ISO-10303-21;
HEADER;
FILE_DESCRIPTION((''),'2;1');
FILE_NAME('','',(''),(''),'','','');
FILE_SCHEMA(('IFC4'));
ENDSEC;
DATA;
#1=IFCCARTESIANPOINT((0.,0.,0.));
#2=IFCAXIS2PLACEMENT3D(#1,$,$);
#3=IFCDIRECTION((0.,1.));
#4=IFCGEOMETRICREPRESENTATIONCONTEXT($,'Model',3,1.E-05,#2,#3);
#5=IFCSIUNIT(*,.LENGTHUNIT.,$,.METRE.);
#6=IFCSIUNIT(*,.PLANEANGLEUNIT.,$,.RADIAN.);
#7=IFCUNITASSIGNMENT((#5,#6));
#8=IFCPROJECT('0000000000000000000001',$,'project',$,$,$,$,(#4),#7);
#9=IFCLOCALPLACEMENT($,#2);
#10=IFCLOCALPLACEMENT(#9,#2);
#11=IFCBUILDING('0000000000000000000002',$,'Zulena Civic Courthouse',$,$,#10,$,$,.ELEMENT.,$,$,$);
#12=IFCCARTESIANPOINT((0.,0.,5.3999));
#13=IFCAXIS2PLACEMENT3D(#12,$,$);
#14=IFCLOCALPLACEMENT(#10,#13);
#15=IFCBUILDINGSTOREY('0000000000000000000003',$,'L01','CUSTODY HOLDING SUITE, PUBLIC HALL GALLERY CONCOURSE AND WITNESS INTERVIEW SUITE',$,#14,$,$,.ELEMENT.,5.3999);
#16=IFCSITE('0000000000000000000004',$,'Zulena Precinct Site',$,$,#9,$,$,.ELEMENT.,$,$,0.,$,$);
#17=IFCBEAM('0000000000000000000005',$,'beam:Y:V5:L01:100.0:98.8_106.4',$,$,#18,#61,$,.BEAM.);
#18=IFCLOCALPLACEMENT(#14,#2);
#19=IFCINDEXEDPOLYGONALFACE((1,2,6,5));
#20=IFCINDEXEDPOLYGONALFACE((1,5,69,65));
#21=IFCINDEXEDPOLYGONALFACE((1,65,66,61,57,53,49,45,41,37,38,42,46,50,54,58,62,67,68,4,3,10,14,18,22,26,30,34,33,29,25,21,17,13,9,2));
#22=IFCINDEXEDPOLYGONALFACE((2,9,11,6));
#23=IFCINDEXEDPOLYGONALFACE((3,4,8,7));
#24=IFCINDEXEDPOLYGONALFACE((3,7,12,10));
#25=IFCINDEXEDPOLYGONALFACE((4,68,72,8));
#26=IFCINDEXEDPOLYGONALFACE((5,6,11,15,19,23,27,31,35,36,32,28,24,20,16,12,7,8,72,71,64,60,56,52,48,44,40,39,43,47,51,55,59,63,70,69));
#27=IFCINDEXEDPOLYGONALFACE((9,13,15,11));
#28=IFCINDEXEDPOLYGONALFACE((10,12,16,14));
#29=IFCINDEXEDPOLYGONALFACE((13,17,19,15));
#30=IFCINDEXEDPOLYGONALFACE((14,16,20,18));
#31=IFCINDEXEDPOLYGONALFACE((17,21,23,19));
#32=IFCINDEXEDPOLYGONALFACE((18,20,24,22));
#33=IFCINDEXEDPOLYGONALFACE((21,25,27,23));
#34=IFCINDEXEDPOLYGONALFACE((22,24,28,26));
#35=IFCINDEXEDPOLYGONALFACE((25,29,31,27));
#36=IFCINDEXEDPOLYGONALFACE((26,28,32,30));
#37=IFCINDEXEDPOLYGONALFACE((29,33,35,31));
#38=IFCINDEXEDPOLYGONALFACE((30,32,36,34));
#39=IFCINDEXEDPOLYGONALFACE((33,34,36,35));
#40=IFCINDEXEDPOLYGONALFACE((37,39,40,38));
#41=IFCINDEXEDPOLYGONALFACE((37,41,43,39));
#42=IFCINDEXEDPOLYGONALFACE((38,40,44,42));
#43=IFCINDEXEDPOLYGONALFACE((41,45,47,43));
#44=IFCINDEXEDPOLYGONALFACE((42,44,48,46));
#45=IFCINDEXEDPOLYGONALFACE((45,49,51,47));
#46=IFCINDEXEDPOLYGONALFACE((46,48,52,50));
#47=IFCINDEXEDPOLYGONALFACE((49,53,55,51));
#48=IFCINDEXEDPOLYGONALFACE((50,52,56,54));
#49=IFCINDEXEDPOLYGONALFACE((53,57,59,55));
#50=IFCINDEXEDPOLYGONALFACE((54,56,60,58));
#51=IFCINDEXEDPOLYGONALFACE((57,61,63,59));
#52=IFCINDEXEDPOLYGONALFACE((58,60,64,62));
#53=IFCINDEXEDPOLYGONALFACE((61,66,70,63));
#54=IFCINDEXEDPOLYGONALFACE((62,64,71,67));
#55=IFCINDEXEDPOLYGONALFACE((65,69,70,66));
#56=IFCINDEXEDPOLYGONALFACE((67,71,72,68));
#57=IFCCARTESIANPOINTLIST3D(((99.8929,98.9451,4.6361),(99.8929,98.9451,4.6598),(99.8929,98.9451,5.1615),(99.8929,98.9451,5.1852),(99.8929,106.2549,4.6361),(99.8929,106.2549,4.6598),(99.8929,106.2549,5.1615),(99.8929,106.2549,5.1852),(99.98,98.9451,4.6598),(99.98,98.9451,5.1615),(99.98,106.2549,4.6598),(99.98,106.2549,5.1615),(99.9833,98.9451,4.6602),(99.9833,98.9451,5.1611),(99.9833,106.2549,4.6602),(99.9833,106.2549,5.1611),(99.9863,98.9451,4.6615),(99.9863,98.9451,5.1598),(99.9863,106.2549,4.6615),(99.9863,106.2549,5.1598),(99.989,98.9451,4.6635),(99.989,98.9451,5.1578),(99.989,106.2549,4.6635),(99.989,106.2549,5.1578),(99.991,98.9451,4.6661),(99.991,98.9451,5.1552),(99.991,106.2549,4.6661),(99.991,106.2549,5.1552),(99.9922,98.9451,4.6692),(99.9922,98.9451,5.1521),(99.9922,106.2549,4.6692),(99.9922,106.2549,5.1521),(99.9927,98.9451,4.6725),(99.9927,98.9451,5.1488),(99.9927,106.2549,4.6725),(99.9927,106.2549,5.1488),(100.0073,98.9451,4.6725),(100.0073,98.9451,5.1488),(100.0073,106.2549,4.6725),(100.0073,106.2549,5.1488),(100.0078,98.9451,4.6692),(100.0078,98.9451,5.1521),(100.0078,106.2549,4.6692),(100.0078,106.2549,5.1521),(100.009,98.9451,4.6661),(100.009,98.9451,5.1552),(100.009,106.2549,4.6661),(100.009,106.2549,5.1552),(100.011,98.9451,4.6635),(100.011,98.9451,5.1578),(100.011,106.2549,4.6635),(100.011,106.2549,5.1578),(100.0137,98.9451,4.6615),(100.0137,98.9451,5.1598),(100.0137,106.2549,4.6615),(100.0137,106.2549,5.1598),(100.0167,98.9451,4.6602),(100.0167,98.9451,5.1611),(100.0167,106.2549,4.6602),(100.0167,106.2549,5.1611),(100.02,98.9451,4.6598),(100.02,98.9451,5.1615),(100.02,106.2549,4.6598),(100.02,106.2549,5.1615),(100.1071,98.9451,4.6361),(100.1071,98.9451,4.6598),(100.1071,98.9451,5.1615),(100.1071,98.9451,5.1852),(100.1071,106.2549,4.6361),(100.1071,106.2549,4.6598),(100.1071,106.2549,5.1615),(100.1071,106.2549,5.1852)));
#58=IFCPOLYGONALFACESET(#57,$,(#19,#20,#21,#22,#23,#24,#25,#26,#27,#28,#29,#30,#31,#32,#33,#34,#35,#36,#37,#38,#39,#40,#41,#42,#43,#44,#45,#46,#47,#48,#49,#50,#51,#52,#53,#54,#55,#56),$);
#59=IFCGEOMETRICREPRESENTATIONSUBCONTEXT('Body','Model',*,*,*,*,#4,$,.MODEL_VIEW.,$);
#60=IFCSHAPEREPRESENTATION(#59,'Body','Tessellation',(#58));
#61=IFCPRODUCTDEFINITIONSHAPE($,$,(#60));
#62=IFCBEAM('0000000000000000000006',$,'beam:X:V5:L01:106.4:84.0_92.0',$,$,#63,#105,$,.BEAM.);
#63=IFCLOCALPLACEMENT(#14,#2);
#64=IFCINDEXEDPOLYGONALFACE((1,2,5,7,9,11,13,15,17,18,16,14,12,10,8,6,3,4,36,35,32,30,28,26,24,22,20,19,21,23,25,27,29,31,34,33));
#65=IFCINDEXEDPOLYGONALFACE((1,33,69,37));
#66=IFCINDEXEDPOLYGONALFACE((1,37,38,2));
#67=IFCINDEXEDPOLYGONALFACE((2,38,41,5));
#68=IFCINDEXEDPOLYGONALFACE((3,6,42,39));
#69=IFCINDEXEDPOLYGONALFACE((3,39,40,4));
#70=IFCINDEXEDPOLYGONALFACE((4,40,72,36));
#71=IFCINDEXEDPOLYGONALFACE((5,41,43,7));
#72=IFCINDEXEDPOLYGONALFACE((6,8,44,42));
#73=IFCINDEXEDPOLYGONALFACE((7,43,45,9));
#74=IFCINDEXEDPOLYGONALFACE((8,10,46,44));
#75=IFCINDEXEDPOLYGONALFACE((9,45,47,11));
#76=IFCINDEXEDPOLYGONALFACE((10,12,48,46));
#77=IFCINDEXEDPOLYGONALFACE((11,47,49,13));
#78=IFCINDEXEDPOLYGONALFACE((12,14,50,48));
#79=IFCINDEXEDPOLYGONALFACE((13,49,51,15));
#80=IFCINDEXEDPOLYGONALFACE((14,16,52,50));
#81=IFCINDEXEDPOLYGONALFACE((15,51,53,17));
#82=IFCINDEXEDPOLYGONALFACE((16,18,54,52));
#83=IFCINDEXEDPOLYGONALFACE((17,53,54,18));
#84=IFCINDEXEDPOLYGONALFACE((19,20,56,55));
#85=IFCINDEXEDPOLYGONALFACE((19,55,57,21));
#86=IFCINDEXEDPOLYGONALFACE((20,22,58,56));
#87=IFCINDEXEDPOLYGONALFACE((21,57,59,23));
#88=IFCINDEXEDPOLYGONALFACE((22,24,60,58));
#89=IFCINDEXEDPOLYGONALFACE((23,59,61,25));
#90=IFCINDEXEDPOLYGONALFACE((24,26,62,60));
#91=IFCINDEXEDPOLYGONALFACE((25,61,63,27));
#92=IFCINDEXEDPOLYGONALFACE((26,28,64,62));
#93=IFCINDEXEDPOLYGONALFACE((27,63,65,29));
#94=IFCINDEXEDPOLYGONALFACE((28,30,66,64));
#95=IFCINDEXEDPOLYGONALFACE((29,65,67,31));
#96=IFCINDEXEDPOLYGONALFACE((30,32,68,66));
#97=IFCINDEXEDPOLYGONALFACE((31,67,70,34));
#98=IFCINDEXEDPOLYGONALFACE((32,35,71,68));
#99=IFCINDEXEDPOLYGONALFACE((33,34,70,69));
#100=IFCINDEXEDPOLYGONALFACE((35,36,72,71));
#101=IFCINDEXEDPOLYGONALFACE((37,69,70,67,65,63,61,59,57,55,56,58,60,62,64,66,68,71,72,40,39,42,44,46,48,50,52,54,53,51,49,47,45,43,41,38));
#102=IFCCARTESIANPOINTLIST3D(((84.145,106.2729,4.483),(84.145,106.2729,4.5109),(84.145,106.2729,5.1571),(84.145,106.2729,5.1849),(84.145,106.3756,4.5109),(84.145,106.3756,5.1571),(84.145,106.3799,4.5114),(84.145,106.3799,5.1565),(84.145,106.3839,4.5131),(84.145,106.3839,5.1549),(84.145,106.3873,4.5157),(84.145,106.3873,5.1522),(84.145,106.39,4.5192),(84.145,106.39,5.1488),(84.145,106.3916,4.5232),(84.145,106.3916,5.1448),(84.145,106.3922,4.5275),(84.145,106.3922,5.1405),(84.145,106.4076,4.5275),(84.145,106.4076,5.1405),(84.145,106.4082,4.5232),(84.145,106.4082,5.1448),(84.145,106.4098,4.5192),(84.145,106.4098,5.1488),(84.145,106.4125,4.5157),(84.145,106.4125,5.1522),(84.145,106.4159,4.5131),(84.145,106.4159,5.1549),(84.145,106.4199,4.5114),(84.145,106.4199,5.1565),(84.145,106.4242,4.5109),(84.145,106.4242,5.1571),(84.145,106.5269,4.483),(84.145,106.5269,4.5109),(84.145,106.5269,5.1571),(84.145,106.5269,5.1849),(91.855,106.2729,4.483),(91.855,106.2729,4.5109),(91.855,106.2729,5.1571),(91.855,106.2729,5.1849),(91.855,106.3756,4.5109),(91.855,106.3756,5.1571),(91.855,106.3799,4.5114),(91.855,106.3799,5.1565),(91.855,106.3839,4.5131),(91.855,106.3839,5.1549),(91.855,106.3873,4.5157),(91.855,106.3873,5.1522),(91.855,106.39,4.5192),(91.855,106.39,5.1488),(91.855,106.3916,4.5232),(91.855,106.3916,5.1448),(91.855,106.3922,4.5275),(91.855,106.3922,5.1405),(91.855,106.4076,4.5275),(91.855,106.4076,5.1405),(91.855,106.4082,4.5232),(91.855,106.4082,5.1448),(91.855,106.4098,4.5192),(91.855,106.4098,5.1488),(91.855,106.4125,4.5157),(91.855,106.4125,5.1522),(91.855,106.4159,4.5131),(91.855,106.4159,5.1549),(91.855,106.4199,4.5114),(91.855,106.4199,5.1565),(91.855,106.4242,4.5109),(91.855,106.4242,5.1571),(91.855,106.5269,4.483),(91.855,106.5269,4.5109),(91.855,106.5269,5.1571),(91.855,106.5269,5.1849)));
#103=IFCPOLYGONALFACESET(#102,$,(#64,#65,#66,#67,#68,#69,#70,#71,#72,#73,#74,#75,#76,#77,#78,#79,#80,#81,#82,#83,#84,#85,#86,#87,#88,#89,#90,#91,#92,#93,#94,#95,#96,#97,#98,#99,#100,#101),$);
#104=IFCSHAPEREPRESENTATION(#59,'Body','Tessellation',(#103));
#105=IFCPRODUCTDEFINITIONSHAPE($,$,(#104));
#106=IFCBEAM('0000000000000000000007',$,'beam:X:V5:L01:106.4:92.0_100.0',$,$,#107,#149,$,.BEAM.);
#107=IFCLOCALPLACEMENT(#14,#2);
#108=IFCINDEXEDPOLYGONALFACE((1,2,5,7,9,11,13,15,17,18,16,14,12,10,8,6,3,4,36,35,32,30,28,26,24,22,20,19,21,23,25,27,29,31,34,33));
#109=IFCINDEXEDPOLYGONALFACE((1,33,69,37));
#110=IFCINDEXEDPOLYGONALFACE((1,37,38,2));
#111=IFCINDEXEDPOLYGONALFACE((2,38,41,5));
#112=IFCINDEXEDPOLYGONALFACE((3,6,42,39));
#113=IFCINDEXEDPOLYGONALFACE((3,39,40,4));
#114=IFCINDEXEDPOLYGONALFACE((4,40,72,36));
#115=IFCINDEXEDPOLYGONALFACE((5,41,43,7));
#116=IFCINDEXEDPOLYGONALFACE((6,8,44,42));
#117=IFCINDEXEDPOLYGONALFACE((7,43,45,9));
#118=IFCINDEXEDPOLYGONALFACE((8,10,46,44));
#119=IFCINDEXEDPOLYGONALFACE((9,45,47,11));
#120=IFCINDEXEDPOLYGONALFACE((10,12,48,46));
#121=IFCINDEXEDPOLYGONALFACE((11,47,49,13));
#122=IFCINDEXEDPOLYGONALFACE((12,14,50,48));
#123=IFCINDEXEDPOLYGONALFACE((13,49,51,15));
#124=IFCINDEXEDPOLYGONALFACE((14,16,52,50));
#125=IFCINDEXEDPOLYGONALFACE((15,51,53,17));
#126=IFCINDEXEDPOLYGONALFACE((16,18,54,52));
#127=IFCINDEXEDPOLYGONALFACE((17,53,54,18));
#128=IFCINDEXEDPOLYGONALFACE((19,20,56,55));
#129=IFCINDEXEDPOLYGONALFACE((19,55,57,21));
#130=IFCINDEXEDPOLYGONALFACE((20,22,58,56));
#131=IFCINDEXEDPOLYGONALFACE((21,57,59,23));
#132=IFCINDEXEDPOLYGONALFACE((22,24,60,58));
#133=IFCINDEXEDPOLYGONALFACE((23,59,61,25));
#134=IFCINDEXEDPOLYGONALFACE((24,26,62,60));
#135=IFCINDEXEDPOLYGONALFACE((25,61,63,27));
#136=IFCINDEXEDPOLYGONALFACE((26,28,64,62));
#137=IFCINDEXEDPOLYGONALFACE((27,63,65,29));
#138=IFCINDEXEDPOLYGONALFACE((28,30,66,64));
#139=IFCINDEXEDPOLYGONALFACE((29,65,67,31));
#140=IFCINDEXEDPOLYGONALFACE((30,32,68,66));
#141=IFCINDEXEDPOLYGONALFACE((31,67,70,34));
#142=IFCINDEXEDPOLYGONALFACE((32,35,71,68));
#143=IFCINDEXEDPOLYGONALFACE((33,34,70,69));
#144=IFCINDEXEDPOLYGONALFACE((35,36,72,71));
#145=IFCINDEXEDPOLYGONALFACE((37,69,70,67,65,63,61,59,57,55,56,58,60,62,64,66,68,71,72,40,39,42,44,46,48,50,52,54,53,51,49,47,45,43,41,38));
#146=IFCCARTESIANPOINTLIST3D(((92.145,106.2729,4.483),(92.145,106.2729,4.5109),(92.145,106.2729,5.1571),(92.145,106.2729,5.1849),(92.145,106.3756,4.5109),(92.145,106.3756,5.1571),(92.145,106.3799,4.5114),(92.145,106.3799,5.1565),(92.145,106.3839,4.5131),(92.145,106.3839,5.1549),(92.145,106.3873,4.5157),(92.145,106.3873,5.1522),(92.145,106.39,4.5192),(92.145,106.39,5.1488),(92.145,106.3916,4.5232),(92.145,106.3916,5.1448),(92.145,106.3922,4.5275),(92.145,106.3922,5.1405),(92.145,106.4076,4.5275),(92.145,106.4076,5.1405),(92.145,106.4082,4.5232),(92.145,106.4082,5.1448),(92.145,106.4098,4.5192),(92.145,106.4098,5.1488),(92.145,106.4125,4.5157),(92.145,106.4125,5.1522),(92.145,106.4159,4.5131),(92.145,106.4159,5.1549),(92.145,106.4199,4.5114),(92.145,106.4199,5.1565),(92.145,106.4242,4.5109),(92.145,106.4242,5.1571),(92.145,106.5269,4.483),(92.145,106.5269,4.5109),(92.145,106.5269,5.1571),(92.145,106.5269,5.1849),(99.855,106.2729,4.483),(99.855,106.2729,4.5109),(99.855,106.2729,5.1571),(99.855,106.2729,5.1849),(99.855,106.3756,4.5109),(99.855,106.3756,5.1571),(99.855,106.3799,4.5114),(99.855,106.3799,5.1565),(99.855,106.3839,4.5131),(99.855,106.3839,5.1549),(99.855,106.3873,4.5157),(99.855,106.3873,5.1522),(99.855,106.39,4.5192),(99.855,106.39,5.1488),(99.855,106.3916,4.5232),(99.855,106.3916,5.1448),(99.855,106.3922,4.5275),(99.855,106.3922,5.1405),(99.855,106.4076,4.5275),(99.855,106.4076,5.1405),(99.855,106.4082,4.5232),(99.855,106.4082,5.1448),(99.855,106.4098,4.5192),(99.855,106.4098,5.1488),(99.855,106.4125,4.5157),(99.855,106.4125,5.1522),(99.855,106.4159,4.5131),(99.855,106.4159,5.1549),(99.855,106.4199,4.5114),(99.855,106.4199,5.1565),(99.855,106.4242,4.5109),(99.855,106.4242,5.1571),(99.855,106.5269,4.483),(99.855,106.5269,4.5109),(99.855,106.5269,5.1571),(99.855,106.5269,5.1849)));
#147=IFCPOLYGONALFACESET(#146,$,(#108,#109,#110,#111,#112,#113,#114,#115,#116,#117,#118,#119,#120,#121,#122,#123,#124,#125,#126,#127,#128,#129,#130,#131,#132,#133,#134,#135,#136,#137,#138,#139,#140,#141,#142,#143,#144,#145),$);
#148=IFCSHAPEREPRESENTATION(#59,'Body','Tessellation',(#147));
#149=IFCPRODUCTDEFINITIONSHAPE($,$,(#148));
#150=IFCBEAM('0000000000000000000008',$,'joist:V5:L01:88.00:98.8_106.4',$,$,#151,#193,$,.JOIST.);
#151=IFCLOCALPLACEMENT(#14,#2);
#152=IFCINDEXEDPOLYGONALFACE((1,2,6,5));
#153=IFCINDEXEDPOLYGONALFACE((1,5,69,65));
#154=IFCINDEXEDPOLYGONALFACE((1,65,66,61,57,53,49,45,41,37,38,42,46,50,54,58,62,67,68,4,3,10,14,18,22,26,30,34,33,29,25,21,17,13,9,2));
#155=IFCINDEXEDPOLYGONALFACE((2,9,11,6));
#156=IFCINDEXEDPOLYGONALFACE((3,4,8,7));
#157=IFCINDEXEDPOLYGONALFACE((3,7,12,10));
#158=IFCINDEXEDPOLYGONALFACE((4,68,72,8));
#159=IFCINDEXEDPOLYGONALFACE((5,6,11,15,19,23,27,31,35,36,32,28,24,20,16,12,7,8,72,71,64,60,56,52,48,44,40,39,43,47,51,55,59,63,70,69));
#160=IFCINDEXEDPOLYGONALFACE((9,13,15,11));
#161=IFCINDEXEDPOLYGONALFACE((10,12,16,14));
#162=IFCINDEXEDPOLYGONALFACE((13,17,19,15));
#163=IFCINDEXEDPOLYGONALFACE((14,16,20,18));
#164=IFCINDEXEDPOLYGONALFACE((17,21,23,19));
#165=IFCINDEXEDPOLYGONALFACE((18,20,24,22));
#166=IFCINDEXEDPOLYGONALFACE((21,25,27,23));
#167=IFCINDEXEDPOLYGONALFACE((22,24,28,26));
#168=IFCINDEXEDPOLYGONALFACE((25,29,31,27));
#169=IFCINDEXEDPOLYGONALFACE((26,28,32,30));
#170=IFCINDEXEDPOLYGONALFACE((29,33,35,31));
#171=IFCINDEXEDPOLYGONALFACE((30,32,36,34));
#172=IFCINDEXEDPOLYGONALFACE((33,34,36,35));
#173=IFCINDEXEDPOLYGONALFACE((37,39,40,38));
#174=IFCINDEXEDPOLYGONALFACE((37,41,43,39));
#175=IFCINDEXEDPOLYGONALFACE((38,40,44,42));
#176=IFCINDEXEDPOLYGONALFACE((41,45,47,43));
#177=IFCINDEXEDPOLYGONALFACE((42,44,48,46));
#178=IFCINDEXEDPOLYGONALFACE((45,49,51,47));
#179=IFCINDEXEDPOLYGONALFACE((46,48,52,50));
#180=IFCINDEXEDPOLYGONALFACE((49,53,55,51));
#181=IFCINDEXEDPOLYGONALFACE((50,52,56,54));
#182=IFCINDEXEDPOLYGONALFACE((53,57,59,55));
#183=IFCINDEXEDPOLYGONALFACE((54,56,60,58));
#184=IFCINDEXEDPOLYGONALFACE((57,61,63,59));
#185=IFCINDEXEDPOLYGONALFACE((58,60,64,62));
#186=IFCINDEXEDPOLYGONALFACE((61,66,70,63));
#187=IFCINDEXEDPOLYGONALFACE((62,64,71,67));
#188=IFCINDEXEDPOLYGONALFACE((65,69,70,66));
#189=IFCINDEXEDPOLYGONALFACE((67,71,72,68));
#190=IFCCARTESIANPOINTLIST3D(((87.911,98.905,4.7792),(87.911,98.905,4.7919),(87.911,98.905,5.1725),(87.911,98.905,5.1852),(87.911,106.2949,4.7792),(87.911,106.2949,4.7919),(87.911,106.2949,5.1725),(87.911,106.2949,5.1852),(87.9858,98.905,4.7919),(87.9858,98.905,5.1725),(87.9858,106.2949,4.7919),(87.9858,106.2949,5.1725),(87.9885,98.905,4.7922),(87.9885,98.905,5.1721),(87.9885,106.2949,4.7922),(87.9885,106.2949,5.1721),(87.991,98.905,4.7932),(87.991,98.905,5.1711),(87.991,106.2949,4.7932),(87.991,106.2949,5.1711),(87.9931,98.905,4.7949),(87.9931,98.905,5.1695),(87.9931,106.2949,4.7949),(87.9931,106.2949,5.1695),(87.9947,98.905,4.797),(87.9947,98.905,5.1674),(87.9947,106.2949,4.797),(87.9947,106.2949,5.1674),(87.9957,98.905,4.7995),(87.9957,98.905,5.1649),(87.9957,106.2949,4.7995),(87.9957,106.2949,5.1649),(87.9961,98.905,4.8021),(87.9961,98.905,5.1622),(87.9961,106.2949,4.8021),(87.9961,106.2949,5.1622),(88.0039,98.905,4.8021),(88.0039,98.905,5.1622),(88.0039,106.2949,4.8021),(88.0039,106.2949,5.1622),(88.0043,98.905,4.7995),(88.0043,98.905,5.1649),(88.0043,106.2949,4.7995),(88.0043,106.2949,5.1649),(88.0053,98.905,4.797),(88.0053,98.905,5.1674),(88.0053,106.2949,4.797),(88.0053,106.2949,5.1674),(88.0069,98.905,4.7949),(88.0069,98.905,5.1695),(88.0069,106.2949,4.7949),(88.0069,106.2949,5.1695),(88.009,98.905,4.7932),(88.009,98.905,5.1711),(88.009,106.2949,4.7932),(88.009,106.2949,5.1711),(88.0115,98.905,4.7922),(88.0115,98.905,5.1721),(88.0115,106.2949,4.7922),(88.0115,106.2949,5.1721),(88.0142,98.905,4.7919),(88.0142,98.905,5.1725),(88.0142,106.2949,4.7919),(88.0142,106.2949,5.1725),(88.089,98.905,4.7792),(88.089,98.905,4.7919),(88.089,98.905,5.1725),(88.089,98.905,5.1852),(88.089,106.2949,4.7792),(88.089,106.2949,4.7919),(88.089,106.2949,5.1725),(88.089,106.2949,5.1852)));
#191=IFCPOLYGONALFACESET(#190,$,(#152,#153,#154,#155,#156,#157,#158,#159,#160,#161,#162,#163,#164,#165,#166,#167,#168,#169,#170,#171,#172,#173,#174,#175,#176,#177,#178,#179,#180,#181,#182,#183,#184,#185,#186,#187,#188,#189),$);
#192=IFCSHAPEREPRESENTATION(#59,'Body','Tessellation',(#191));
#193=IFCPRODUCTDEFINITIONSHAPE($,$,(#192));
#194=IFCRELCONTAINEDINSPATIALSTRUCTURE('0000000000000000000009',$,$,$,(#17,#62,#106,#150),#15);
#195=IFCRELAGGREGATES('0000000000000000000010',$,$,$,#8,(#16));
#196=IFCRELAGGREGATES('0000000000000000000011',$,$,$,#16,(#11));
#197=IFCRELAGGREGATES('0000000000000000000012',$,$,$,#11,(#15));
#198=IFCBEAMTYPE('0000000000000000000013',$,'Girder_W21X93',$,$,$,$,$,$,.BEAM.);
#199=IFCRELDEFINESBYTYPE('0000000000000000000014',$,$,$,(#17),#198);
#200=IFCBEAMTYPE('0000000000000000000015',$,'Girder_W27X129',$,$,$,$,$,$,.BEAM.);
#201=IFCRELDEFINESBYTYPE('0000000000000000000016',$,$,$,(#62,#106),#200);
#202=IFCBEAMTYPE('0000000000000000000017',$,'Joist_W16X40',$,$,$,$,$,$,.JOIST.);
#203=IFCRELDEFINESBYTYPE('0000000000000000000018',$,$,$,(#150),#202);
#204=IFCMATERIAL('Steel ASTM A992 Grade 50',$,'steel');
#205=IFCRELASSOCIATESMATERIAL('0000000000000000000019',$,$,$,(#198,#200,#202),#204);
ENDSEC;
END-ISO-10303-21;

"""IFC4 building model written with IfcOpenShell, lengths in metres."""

from ifc_helpers import new_model, si_unit, direction, frame, origin, origin_2d, place, context, subcontext, project, spatial, i_section, extrude, material, material_profile, profile_set, type_object, element, save


model = new_model("IFC4")

# Units and contexts
model_context = context("Model", 3, precision=1e-05, world=origin(), true_north=direction((0.0, 1.0)))
body_context = subcontext(model_context, "Body", "Model", "MODEL_VIEW")
ifc_project = project(units=[si_unit("LENGTHUNIT", "METRE"), si_unit("PLANEANGLEUNIT", "RADIAN")], contexts=[model_context])

# Site, building, storey
site_placement = place(None, origin())
site = spatial("IfcSite", under=ifc_project, at=site_placement, Name="Zulena Precinct Site", CompositionType="ELEMENT", RefElevation=0.0)
building_placement = place(site_placement, origin())
building = spatial("IfcBuilding", under=site, at=building_placement, Name="Zulena Civic Courthouse", CompositionType="ELEMENT")
storey_placement = place(building_placement, frame((0.0, 0.0, 5.3999)))
storey = spatial("IfcBuildingStorey", under=building, at=storey_placement, Name="L01", Description="CUSTODY HOLDING SUITE, PUBLIC HALL GALLERY CONCOURSE AND WITNESS INTERVIEW SUITE", CompositionType="ELEMENT", Elevation=5.3999)

# Shared definitions
ifc_material_1 = material(Name="Steel ASTM A992 Grade 50", Category="steel")

# Beams
ifc_material_profile_1 = material_profile(ifc_material_1, i_section(OverallWidth=0.2141, OverallDepth=0.5491, WebThickness=0.0146, FlangeThickness=0.0237, FilletRadius=0.0127, at=origin_2d()), Name="W21X93")
ifc_profile_set_1 = profile_set([ifc_material_profile_1], Name="Steel ASTM A992 Grade 50")
beam_type_1 = type_object("IfcBeamType", Name="Girder_W21X93", PredefinedType="BEAM", material=ifc_profile_set_1)
for number, where, z_axis, x_axis, name in (
    (1, (100.0, 98.9451, 4.9106), (0.0, 1.0, 0.0), (-1.0, 0.0, 0.0), "beam:Y:V5:L01:100.0:98.8_106.4"),
):
    element("IfcBeam", number, at=place(storey_placement, frame(where, z_axis=z_axis, x_axis=x_axis)), inside=storey, type_object=beam_type_1, Name=name, PredefinedType="BEAM", context=body_context, shape_type="SweptSolid", body=[
        extrude(i_section(OverallWidth=0.2141, OverallDepth=0.5491, WebThickness=0.0146, FlangeThickness=0.0237, FilletRadius=0.0127, at=origin_2d()), origin(), (0.0, 0.0, 1.0), 7.3098),
    ])
ifc_material_profile_2 = material_profile(ifc_material_1, i_section(OverallWidth=0.2539, OverallDepth=0.7019, WebThickness=0.0154, FlangeThickness=0.0278, FilletRadius=0.0166, at=origin_2d()), Name="W27X129")
ifc_profile_set_2 = profile_set([ifc_material_profile_2], Name="Steel ASTM A992 Grade 50")
beam_type_2 = type_object("IfcBeamType", Name="Girder_W27X129", PredefinedType="BEAM", material=ifc_profile_set_2)
for number, where, z_axis, x_axis, name in (
    (2, (84.145, 106.3999, 4.834), (1.0, 0.0, 0.0), (0.0, 1.0, 0.0), "beam:X:V5:L01:106.4:84.0_92.0"),
    (3, (92.145, 106.3999, 4.834), (1.0, 0.0, 0.0), (0.0, 1.0, 0.0), "beam:X:V5:L01:106.4:92.0_100.0"),
):
    element("IfcBeam", number, at=place(storey_placement, frame(where, z_axis=z_axis, x_axis=x_axis)), inside=storey, type_object=beam_type_2, Name=name, PredefinedType="BEAM", context=body_context, shape_type="SweptSolid", body=[
        extrude(i_section(OverallWidth=0.2539, OverallDepth=0.7019, WebThickness=0.0154, FlangeThickness=0.0278, FilletRadius=0.0166, at=origin_2d()), origin(), (0.0, 0.0, 1.0), 7.71),
    ])
ifc_material_profile_3 = material_profile(ifc_material_1, i_section(OverallWidth=0.178, OverallDepth=0.406, WebThickness=0.0078, FlangeThickness=0.0127, FilletRadius=0.0103, at=origin_2d()), Name="W16X40")
ifc_profile_set_3 = profile_set([ifc_material_profile_3], Name="Steel ASTM A992 Grade 50")
beam_type_3 = type_object("IfcBeamType", Name="Joist_W16X40", PredefinedType="JOIST", material=ifc_profile_set_3)
beam_1_placement = place(storey_placement, frame((88.0, 98.905, 4.9822), z_axis=(0.0, 1.0, 0.0), x_axis=(-1.0, 0.0, 0.0)))
element("IfcBeam", 4, at=beam_1_placement, inside=storey, type_object=beam_type_3, Name="joist:V5:L01:88.00:98.8_106.4", PredefinedType="JOIST", context=body_context, shape_type="SweptSolid", body=[
    extrude(i_section(OverallWidth=0.178, OverallDepth=0.406, WebThickness=0.0078, FlangeThickness=0.0127, FilletRadius=0.0103, at=origin_2d()), origin(), (0.0, 0.0, 1.0), 7.3899),
])

save(model, "model.ifc")
